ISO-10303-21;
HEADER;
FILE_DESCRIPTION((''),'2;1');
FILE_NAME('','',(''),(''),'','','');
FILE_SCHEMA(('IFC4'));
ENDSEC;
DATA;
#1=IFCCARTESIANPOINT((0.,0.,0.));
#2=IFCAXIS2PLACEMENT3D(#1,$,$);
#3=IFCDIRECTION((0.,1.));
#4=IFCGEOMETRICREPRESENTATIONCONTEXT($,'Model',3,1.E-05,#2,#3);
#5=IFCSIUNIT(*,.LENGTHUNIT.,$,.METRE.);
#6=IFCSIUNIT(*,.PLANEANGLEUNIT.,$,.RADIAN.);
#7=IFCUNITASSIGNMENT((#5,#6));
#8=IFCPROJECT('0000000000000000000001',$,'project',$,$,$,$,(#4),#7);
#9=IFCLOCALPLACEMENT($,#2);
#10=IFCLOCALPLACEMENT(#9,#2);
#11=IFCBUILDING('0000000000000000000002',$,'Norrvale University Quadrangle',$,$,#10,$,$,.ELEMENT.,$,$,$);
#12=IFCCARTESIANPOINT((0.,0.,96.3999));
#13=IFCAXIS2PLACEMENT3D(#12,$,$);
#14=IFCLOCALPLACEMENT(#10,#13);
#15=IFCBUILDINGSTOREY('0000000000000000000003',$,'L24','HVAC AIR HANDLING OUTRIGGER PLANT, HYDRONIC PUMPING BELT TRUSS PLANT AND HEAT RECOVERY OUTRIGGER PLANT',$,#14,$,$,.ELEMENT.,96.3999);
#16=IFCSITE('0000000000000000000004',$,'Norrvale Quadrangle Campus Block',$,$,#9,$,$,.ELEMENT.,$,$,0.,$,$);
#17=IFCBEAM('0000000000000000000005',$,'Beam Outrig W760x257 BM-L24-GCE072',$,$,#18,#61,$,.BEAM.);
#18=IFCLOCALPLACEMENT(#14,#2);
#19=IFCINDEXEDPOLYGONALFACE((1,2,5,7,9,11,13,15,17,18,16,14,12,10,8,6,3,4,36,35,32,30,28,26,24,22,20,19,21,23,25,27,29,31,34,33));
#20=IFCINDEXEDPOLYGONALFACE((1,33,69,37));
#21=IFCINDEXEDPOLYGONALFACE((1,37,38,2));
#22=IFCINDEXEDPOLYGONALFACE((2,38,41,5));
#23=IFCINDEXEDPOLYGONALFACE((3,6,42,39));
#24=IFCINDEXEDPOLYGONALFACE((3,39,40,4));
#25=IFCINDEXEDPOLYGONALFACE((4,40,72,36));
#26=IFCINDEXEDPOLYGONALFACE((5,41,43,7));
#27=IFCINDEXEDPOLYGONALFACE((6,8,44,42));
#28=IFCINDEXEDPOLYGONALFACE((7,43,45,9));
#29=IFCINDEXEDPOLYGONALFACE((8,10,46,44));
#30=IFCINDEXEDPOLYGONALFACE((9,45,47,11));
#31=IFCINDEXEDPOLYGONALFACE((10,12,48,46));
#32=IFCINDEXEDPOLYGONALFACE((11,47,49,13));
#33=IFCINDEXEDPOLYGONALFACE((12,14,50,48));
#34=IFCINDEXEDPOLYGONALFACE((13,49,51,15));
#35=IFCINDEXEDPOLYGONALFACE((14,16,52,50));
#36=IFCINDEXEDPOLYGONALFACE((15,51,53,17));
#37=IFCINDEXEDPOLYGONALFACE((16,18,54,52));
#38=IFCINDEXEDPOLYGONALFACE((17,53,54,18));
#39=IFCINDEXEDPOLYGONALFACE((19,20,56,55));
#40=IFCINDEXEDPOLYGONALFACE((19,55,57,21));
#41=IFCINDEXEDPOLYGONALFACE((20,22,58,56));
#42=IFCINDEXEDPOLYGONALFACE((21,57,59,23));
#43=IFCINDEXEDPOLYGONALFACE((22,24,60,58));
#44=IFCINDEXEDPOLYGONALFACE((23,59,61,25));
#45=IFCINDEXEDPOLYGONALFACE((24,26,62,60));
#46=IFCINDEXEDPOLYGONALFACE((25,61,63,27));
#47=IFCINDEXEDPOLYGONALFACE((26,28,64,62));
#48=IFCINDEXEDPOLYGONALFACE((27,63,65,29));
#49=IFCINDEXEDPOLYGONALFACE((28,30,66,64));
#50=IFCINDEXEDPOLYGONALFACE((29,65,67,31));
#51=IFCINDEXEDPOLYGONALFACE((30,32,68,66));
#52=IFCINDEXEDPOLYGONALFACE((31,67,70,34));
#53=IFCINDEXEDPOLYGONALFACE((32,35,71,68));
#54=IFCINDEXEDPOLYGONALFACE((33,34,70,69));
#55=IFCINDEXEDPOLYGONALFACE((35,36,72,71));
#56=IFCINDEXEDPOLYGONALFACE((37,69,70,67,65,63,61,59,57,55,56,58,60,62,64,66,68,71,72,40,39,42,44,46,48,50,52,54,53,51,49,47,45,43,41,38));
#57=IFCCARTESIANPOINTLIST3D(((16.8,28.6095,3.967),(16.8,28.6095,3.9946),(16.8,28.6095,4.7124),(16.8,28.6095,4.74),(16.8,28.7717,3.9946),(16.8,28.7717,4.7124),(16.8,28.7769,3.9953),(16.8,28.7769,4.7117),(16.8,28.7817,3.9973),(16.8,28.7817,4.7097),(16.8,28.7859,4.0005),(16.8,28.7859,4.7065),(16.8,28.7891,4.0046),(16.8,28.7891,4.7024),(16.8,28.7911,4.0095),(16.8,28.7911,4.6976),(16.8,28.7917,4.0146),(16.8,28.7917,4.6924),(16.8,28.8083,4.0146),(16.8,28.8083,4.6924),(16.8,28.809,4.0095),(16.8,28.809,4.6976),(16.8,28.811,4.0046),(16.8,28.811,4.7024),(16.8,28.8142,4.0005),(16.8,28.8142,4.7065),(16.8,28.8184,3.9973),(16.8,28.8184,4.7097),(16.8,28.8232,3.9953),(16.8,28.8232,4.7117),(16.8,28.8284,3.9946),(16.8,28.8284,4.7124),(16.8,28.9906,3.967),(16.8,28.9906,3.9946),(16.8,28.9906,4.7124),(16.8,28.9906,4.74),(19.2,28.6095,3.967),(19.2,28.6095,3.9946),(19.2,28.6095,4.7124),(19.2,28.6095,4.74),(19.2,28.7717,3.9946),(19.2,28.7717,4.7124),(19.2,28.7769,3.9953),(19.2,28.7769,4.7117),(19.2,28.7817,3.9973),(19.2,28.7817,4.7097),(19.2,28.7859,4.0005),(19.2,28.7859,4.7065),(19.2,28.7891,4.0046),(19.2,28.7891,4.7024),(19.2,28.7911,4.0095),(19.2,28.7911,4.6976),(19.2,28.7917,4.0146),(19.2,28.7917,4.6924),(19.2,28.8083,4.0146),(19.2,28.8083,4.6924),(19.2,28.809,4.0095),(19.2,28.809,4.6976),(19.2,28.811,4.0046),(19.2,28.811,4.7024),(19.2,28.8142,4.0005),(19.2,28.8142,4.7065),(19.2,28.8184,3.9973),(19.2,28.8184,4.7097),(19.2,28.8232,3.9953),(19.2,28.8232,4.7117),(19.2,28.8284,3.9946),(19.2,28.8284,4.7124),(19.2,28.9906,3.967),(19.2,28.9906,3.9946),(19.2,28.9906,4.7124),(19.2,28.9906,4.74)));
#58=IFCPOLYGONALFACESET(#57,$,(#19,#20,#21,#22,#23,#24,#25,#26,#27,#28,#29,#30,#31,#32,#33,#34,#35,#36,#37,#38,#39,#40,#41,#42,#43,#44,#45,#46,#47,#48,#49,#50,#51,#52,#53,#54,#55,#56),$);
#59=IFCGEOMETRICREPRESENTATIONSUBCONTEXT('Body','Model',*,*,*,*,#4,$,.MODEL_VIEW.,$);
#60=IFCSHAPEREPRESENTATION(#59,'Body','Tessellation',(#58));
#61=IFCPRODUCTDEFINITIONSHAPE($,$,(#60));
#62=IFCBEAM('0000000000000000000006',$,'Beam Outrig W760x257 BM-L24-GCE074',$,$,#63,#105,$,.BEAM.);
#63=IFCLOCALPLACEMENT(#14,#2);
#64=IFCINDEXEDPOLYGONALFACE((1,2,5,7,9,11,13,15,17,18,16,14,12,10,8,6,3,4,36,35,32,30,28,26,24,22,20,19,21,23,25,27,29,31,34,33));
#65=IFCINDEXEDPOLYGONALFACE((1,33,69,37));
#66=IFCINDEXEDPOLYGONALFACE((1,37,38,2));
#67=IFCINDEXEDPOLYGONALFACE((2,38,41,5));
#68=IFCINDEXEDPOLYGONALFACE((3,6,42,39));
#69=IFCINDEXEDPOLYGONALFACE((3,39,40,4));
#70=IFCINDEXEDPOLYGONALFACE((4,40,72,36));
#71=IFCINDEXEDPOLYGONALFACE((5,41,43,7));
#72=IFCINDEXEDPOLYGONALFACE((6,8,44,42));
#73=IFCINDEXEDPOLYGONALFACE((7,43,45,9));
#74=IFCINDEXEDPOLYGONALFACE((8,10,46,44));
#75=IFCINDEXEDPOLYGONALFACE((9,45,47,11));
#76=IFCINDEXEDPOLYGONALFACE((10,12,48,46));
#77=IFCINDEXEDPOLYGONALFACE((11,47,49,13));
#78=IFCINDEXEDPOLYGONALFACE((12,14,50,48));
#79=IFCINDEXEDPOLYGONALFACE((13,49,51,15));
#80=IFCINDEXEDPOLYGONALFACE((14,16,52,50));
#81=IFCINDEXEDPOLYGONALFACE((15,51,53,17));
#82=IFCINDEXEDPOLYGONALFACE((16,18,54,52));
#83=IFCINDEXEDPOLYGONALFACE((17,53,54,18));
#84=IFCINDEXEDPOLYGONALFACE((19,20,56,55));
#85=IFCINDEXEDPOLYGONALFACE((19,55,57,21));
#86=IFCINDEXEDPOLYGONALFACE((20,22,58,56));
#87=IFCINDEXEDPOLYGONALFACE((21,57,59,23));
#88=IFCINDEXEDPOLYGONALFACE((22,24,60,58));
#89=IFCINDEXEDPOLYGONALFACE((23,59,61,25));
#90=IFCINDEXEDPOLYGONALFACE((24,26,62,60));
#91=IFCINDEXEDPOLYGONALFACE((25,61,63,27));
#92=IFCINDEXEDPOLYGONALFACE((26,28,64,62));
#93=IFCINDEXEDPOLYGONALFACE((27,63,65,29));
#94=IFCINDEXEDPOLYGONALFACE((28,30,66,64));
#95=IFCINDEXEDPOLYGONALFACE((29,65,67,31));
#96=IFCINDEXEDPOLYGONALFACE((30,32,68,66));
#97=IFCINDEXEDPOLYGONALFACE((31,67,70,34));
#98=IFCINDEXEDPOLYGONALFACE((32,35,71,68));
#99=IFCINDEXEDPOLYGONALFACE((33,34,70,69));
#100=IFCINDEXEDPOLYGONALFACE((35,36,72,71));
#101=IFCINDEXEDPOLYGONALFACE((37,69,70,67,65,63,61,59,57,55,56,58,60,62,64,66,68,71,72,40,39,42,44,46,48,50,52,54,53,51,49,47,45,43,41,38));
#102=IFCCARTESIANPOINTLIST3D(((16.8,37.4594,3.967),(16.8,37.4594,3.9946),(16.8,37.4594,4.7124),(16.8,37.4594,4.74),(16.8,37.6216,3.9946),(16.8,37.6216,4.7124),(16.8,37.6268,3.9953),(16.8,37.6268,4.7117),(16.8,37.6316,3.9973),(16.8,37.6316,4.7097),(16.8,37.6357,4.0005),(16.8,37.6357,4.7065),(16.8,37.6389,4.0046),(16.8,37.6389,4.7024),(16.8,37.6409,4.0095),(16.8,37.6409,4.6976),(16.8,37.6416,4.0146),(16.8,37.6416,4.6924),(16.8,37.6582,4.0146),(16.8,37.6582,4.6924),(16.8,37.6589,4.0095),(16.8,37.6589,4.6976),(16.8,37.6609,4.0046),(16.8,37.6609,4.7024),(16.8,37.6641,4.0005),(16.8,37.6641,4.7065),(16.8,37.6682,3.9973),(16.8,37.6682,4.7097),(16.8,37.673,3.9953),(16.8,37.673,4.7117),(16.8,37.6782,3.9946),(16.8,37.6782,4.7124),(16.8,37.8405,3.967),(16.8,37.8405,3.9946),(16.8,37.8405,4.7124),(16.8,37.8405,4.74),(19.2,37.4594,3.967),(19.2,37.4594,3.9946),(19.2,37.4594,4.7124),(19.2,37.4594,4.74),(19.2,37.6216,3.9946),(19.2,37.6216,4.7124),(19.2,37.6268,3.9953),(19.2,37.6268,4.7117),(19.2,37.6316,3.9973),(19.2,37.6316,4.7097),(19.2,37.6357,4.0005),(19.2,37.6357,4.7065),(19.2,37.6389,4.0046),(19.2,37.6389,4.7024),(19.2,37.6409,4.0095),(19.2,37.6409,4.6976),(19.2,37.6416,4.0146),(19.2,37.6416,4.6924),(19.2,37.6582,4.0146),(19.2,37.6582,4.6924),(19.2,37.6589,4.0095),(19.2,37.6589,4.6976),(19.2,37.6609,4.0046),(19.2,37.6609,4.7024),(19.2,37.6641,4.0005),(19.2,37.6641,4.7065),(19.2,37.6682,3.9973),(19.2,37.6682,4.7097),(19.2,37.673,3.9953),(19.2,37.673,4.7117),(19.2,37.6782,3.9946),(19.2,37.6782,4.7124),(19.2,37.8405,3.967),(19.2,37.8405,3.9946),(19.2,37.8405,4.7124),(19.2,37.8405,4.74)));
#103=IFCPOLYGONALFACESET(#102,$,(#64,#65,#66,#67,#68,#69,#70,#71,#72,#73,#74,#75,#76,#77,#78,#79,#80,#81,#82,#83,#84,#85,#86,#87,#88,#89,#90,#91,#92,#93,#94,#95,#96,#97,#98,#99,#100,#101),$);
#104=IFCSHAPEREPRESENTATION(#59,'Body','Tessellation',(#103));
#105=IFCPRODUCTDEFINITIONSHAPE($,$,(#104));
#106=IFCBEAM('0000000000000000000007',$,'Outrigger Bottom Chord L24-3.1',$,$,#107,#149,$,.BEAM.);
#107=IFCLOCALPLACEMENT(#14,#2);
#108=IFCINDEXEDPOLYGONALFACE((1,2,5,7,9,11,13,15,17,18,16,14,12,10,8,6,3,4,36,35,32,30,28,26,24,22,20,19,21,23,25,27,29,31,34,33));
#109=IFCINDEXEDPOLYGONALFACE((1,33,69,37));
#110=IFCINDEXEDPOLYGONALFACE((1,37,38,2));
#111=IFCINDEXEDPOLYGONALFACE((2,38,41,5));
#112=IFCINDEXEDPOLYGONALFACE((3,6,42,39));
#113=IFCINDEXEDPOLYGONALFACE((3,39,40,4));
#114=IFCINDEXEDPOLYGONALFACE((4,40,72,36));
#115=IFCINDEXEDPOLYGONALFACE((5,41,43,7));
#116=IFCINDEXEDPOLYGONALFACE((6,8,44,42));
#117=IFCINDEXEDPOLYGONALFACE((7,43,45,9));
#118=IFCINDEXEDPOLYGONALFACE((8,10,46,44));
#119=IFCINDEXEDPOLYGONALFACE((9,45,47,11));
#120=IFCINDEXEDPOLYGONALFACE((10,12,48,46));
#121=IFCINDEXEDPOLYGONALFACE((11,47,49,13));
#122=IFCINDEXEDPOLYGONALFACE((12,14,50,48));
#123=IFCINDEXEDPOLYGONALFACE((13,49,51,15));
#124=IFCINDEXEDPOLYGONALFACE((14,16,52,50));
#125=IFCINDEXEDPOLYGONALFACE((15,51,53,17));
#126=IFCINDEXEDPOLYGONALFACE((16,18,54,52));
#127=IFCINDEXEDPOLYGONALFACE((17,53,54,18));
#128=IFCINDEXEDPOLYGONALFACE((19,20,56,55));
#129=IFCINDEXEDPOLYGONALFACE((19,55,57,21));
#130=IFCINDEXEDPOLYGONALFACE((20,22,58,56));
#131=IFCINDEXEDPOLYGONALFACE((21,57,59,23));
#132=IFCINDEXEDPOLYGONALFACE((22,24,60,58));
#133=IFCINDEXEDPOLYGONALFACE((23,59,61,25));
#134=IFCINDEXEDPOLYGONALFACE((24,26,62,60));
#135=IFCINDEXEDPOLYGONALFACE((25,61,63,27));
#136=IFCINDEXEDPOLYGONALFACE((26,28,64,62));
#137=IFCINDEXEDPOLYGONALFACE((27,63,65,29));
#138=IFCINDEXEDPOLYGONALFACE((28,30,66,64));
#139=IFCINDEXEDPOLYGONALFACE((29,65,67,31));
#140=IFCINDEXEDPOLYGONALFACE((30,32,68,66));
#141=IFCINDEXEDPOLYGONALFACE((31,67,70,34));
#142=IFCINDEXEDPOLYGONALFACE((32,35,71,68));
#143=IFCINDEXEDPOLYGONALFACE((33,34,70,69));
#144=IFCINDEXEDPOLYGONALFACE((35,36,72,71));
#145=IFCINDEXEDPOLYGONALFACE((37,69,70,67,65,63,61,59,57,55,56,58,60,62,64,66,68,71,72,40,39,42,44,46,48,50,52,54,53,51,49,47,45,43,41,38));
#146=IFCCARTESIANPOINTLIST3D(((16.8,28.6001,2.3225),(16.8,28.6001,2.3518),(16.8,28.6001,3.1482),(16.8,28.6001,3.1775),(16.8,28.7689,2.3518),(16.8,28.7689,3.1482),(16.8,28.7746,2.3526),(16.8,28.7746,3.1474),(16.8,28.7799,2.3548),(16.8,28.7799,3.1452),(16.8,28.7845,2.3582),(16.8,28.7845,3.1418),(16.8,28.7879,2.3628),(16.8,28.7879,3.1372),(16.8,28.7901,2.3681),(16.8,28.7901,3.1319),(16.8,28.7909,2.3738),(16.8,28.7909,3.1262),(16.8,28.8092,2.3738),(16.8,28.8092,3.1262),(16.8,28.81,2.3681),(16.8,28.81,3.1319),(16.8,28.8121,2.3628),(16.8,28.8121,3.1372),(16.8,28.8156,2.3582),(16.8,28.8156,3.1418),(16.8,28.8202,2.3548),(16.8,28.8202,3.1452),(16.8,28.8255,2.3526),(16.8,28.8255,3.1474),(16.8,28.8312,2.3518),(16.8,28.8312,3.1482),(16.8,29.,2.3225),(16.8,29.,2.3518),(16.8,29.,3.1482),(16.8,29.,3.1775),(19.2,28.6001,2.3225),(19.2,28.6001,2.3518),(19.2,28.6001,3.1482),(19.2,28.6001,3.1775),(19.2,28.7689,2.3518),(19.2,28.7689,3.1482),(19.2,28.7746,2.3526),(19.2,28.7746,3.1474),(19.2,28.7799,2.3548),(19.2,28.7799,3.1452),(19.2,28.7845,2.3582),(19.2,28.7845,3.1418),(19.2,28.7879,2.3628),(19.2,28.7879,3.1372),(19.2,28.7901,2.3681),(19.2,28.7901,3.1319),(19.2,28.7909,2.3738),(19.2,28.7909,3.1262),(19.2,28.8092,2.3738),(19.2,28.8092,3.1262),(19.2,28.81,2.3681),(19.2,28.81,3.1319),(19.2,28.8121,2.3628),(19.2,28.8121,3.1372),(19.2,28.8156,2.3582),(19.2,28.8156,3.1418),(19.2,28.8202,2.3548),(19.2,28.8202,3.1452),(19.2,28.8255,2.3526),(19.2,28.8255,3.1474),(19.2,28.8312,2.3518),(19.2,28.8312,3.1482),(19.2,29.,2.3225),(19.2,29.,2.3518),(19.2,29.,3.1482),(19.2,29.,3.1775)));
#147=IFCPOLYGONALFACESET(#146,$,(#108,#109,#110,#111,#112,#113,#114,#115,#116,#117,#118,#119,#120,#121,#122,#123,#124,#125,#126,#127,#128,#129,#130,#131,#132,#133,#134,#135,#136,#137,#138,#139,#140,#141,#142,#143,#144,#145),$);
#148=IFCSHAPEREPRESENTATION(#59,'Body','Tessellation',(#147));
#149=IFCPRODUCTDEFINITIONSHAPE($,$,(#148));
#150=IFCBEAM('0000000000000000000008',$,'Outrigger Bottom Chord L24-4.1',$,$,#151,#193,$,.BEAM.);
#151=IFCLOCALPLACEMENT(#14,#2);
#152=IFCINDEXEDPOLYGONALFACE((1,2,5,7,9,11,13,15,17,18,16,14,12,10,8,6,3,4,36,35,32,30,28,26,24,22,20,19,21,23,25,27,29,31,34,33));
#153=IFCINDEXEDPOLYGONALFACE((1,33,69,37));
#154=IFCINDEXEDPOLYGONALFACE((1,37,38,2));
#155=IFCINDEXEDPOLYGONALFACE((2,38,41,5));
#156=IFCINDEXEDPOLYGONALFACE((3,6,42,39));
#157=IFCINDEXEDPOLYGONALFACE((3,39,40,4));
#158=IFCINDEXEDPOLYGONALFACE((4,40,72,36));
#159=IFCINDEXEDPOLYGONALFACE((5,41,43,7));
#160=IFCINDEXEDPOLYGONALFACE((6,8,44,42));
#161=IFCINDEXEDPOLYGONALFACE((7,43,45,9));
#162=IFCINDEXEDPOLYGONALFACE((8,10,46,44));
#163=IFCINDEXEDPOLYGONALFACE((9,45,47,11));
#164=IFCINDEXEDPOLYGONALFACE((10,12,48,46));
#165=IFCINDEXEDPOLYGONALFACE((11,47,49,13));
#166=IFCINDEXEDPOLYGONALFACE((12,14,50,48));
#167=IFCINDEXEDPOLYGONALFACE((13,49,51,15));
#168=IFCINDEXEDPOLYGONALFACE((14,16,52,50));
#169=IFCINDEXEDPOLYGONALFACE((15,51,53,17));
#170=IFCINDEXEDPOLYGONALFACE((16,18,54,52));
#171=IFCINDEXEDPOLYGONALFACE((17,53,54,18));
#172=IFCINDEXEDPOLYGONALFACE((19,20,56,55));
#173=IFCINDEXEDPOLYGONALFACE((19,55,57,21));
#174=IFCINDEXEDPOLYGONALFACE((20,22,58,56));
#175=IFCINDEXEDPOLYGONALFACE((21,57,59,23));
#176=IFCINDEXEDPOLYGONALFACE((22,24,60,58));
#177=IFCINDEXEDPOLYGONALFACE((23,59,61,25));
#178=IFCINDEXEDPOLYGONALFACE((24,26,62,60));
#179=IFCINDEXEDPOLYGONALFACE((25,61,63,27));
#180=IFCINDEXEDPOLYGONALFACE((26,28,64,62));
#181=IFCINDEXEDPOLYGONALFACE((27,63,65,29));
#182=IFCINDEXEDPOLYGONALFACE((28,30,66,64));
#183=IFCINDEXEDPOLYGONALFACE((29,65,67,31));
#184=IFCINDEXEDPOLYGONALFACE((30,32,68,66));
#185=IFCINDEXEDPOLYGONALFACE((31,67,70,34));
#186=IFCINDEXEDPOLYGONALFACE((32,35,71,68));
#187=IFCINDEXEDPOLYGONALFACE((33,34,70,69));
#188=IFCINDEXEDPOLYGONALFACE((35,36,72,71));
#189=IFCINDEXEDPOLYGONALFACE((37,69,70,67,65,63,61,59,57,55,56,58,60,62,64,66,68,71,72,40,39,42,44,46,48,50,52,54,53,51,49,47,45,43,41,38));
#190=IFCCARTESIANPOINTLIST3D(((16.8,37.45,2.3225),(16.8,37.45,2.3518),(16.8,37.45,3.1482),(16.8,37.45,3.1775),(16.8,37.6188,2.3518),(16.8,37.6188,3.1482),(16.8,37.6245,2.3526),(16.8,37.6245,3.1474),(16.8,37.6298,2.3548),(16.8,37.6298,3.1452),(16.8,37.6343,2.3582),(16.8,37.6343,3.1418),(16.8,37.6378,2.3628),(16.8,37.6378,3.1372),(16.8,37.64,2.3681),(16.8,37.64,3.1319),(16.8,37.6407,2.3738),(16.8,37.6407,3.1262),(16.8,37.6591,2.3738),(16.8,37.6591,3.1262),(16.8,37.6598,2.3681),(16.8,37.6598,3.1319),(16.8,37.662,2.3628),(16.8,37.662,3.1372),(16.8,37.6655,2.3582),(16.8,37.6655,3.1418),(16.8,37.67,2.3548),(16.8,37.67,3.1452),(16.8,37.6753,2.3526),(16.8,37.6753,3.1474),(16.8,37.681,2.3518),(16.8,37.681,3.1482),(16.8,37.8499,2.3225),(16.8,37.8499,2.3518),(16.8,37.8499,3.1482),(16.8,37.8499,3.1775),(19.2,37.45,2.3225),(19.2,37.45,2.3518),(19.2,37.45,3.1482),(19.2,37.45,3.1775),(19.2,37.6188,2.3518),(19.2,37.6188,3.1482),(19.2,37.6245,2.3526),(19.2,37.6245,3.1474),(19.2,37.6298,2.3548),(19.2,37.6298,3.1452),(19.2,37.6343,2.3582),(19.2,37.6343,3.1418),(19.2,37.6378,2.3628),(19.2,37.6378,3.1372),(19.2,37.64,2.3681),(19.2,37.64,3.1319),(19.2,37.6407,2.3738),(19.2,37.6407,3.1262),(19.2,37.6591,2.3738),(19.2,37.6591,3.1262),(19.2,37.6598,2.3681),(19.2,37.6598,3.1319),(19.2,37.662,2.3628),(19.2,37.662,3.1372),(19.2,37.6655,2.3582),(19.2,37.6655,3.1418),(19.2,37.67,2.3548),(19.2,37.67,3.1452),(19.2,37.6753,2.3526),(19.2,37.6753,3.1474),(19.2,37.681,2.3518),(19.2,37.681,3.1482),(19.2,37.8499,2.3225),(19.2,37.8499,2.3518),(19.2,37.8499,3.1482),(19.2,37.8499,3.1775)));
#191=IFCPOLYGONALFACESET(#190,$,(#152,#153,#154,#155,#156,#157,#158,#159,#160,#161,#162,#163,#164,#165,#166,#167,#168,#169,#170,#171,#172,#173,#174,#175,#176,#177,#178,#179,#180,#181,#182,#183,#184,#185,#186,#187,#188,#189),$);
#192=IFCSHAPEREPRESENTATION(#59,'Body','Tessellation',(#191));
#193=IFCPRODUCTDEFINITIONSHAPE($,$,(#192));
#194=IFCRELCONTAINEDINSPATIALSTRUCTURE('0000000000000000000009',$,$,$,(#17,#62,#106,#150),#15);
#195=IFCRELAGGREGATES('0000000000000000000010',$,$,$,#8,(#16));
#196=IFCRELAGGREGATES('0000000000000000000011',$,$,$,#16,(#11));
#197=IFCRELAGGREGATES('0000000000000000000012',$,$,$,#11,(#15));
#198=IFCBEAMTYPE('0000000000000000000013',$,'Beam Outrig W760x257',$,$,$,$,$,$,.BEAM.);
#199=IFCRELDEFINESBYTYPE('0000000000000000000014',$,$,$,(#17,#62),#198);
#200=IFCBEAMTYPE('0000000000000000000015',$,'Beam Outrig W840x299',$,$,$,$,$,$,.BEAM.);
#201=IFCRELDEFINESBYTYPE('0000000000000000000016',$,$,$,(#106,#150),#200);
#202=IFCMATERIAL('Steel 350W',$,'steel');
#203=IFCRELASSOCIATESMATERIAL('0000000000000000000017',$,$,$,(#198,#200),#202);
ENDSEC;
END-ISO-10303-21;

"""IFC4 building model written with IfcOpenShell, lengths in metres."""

from ifc_helpers import new_model, si_unit, direction, frame, origin, origin_2d, place, context, subcontext, project, spatial, i_section, extrude, material, material_profile, profile_set, type_object, element, save


model = new_model("IFC4")

# Units and contexts
model_context = context("Model", 3, precision=1e-05, world=origin(), true_north=direction((0.0, 1.0)))
body_context = subcontext(model_context, "Body", "Model", "MODEL_VIEW")
ifc_project = project(units=[si_unit("LENGTHUNIT", "METRE"), si_unit("PLANEANGLEUNIT", "RADIAN")], contexts=[model_context])

# Site, building, storey
site_placement = place(None, origin())
site = spatial("IfcSite", under=ifc_project, at=site_placement, Name="Norrvale Quadrangle Campus Block", CompositionType="ELEMENT", RefElevation=0.0)
building_placement = place(site_placement, origin())
building = spatial("IfcBuilding", under=site, at=building_placement, Name="Norrvale University Quadrangle", CompositionType="ELEMENT")
storey_placement = place(building_placement, frame((0.0, 0.0, 96.3999)))
storey = spatial("IfcBuildingStorey", under=building, at=storey_placement, Name="L24", Description="HVAC AIR HANDLING OUTRIGGER PLANT, HYDRONIC PUMPING BELT TRUSS PLANT AND HEAT RECOVERY OUTRIGGER PLANT", CompositionType="ELEMENT", Elevation=96.3999)

# Beams
ifc_material_1 = material(Name="Steel 350W", Category="steel")
ifc_material_profile_1 = material_profile(ifc_material_1, i_section(OverallWidth=0.3811, OverallDepth=0.7729, WebThickness=0.0166, FlangeThickness=0.0276, FilletRadius=0.02, at=origin_2d()), Name="Steel 350W")
ifc_profile_set_1 = profile_set([ifc_material_profile_1], Name="Steel 350W")
beam_type_1 = type_object("IfcBeamType", Name="Beam Outrig W760x257", PredefinedType="BEAM", material=ifc_profile_set_1)
for number, where, z_axis, x_axis, name in (
    (1, (16.8, 28.8, 4.3535), (1.0, 0.0, 0.0), (0.0, 1.0, 0.0), "Beam Outrig W760x257 BM-L24-GCE072"),
    (2, (16.8, 37.6499, 4.3535), (1.0, 0.0, 0.0), (0.0, 1.0, 0.0), "Beam Outrig W760x257 BM-L24-GCE074"),
):
    element("IfcBeam", number, at=place(storey_placement, frame(where, z_axis=z_axis, x_axis=x_axis)), inside=storey, type_object=beam_type_1, Name=name, PredefinedType="BEAM", context=body_context, shape_type="SweptSolid", body=[
        extrude(i_section(OverallWidth=0.3811, OverallDepth=0.7729, WebThickness=0.0166, FlangeThickness=0.0276, FilletRadius=0.02, at=origin_2d()), origin(), (0.0, 0.0, 1.0), 2.3999),
    ])
ifc_material_profile_2 = material_profile(ifc_material_1, i_section(OverallWidth=0.3999, OverallDepth=0.855, WebThickness=0.0183, FlangeThickness=0.0293, FilletRadius=0.022, at=origin_2d()), Name="Steel 350W")
ifc_profile_set_2 = profile_set([ifc_material_profile_2], Name="Steel 350W")
beam_type_2 = type_object("IfcBeamType", Name="Beam Outrig W840x299", PredefinedType="BEAM", material=ifc_profile_set_2)
for number, where, z_axis, x_axis, name in (
    (3, (16.8, 28.8, 2.75), (1.0, 0.0, 0.0), (0.0, 1.0, 0.0), "Outrigger Bottom Chord L24-3.1"),
    (4, (16.8, 37.6499, 2.75), (1.0, 0.0, 0.0), (0.0, 1.0, 0.0), "Outrigger Bottom Chord L24-4.1"),
):
    element("IfcBeam", number, at=place(storey_placement, frame(where, z_axis=z_axis, x_axis=x_axis)), inside=storey, type_object=beam_type_2, Name=name, PredefinedType="BEAM", context=body_context, shape_type="SweptSolid", body=[
        extrude(i_section(OverallWidth=0.3999, OverallDepth=0.855, WebThickness=0.0183, FlangeThickness=0.0293, FilletRadius=0.022, at=origin_2d()), origin(), (0.0, 0.0, 1.0), 2.3999),
    ])

save(model, "model.ifc")
